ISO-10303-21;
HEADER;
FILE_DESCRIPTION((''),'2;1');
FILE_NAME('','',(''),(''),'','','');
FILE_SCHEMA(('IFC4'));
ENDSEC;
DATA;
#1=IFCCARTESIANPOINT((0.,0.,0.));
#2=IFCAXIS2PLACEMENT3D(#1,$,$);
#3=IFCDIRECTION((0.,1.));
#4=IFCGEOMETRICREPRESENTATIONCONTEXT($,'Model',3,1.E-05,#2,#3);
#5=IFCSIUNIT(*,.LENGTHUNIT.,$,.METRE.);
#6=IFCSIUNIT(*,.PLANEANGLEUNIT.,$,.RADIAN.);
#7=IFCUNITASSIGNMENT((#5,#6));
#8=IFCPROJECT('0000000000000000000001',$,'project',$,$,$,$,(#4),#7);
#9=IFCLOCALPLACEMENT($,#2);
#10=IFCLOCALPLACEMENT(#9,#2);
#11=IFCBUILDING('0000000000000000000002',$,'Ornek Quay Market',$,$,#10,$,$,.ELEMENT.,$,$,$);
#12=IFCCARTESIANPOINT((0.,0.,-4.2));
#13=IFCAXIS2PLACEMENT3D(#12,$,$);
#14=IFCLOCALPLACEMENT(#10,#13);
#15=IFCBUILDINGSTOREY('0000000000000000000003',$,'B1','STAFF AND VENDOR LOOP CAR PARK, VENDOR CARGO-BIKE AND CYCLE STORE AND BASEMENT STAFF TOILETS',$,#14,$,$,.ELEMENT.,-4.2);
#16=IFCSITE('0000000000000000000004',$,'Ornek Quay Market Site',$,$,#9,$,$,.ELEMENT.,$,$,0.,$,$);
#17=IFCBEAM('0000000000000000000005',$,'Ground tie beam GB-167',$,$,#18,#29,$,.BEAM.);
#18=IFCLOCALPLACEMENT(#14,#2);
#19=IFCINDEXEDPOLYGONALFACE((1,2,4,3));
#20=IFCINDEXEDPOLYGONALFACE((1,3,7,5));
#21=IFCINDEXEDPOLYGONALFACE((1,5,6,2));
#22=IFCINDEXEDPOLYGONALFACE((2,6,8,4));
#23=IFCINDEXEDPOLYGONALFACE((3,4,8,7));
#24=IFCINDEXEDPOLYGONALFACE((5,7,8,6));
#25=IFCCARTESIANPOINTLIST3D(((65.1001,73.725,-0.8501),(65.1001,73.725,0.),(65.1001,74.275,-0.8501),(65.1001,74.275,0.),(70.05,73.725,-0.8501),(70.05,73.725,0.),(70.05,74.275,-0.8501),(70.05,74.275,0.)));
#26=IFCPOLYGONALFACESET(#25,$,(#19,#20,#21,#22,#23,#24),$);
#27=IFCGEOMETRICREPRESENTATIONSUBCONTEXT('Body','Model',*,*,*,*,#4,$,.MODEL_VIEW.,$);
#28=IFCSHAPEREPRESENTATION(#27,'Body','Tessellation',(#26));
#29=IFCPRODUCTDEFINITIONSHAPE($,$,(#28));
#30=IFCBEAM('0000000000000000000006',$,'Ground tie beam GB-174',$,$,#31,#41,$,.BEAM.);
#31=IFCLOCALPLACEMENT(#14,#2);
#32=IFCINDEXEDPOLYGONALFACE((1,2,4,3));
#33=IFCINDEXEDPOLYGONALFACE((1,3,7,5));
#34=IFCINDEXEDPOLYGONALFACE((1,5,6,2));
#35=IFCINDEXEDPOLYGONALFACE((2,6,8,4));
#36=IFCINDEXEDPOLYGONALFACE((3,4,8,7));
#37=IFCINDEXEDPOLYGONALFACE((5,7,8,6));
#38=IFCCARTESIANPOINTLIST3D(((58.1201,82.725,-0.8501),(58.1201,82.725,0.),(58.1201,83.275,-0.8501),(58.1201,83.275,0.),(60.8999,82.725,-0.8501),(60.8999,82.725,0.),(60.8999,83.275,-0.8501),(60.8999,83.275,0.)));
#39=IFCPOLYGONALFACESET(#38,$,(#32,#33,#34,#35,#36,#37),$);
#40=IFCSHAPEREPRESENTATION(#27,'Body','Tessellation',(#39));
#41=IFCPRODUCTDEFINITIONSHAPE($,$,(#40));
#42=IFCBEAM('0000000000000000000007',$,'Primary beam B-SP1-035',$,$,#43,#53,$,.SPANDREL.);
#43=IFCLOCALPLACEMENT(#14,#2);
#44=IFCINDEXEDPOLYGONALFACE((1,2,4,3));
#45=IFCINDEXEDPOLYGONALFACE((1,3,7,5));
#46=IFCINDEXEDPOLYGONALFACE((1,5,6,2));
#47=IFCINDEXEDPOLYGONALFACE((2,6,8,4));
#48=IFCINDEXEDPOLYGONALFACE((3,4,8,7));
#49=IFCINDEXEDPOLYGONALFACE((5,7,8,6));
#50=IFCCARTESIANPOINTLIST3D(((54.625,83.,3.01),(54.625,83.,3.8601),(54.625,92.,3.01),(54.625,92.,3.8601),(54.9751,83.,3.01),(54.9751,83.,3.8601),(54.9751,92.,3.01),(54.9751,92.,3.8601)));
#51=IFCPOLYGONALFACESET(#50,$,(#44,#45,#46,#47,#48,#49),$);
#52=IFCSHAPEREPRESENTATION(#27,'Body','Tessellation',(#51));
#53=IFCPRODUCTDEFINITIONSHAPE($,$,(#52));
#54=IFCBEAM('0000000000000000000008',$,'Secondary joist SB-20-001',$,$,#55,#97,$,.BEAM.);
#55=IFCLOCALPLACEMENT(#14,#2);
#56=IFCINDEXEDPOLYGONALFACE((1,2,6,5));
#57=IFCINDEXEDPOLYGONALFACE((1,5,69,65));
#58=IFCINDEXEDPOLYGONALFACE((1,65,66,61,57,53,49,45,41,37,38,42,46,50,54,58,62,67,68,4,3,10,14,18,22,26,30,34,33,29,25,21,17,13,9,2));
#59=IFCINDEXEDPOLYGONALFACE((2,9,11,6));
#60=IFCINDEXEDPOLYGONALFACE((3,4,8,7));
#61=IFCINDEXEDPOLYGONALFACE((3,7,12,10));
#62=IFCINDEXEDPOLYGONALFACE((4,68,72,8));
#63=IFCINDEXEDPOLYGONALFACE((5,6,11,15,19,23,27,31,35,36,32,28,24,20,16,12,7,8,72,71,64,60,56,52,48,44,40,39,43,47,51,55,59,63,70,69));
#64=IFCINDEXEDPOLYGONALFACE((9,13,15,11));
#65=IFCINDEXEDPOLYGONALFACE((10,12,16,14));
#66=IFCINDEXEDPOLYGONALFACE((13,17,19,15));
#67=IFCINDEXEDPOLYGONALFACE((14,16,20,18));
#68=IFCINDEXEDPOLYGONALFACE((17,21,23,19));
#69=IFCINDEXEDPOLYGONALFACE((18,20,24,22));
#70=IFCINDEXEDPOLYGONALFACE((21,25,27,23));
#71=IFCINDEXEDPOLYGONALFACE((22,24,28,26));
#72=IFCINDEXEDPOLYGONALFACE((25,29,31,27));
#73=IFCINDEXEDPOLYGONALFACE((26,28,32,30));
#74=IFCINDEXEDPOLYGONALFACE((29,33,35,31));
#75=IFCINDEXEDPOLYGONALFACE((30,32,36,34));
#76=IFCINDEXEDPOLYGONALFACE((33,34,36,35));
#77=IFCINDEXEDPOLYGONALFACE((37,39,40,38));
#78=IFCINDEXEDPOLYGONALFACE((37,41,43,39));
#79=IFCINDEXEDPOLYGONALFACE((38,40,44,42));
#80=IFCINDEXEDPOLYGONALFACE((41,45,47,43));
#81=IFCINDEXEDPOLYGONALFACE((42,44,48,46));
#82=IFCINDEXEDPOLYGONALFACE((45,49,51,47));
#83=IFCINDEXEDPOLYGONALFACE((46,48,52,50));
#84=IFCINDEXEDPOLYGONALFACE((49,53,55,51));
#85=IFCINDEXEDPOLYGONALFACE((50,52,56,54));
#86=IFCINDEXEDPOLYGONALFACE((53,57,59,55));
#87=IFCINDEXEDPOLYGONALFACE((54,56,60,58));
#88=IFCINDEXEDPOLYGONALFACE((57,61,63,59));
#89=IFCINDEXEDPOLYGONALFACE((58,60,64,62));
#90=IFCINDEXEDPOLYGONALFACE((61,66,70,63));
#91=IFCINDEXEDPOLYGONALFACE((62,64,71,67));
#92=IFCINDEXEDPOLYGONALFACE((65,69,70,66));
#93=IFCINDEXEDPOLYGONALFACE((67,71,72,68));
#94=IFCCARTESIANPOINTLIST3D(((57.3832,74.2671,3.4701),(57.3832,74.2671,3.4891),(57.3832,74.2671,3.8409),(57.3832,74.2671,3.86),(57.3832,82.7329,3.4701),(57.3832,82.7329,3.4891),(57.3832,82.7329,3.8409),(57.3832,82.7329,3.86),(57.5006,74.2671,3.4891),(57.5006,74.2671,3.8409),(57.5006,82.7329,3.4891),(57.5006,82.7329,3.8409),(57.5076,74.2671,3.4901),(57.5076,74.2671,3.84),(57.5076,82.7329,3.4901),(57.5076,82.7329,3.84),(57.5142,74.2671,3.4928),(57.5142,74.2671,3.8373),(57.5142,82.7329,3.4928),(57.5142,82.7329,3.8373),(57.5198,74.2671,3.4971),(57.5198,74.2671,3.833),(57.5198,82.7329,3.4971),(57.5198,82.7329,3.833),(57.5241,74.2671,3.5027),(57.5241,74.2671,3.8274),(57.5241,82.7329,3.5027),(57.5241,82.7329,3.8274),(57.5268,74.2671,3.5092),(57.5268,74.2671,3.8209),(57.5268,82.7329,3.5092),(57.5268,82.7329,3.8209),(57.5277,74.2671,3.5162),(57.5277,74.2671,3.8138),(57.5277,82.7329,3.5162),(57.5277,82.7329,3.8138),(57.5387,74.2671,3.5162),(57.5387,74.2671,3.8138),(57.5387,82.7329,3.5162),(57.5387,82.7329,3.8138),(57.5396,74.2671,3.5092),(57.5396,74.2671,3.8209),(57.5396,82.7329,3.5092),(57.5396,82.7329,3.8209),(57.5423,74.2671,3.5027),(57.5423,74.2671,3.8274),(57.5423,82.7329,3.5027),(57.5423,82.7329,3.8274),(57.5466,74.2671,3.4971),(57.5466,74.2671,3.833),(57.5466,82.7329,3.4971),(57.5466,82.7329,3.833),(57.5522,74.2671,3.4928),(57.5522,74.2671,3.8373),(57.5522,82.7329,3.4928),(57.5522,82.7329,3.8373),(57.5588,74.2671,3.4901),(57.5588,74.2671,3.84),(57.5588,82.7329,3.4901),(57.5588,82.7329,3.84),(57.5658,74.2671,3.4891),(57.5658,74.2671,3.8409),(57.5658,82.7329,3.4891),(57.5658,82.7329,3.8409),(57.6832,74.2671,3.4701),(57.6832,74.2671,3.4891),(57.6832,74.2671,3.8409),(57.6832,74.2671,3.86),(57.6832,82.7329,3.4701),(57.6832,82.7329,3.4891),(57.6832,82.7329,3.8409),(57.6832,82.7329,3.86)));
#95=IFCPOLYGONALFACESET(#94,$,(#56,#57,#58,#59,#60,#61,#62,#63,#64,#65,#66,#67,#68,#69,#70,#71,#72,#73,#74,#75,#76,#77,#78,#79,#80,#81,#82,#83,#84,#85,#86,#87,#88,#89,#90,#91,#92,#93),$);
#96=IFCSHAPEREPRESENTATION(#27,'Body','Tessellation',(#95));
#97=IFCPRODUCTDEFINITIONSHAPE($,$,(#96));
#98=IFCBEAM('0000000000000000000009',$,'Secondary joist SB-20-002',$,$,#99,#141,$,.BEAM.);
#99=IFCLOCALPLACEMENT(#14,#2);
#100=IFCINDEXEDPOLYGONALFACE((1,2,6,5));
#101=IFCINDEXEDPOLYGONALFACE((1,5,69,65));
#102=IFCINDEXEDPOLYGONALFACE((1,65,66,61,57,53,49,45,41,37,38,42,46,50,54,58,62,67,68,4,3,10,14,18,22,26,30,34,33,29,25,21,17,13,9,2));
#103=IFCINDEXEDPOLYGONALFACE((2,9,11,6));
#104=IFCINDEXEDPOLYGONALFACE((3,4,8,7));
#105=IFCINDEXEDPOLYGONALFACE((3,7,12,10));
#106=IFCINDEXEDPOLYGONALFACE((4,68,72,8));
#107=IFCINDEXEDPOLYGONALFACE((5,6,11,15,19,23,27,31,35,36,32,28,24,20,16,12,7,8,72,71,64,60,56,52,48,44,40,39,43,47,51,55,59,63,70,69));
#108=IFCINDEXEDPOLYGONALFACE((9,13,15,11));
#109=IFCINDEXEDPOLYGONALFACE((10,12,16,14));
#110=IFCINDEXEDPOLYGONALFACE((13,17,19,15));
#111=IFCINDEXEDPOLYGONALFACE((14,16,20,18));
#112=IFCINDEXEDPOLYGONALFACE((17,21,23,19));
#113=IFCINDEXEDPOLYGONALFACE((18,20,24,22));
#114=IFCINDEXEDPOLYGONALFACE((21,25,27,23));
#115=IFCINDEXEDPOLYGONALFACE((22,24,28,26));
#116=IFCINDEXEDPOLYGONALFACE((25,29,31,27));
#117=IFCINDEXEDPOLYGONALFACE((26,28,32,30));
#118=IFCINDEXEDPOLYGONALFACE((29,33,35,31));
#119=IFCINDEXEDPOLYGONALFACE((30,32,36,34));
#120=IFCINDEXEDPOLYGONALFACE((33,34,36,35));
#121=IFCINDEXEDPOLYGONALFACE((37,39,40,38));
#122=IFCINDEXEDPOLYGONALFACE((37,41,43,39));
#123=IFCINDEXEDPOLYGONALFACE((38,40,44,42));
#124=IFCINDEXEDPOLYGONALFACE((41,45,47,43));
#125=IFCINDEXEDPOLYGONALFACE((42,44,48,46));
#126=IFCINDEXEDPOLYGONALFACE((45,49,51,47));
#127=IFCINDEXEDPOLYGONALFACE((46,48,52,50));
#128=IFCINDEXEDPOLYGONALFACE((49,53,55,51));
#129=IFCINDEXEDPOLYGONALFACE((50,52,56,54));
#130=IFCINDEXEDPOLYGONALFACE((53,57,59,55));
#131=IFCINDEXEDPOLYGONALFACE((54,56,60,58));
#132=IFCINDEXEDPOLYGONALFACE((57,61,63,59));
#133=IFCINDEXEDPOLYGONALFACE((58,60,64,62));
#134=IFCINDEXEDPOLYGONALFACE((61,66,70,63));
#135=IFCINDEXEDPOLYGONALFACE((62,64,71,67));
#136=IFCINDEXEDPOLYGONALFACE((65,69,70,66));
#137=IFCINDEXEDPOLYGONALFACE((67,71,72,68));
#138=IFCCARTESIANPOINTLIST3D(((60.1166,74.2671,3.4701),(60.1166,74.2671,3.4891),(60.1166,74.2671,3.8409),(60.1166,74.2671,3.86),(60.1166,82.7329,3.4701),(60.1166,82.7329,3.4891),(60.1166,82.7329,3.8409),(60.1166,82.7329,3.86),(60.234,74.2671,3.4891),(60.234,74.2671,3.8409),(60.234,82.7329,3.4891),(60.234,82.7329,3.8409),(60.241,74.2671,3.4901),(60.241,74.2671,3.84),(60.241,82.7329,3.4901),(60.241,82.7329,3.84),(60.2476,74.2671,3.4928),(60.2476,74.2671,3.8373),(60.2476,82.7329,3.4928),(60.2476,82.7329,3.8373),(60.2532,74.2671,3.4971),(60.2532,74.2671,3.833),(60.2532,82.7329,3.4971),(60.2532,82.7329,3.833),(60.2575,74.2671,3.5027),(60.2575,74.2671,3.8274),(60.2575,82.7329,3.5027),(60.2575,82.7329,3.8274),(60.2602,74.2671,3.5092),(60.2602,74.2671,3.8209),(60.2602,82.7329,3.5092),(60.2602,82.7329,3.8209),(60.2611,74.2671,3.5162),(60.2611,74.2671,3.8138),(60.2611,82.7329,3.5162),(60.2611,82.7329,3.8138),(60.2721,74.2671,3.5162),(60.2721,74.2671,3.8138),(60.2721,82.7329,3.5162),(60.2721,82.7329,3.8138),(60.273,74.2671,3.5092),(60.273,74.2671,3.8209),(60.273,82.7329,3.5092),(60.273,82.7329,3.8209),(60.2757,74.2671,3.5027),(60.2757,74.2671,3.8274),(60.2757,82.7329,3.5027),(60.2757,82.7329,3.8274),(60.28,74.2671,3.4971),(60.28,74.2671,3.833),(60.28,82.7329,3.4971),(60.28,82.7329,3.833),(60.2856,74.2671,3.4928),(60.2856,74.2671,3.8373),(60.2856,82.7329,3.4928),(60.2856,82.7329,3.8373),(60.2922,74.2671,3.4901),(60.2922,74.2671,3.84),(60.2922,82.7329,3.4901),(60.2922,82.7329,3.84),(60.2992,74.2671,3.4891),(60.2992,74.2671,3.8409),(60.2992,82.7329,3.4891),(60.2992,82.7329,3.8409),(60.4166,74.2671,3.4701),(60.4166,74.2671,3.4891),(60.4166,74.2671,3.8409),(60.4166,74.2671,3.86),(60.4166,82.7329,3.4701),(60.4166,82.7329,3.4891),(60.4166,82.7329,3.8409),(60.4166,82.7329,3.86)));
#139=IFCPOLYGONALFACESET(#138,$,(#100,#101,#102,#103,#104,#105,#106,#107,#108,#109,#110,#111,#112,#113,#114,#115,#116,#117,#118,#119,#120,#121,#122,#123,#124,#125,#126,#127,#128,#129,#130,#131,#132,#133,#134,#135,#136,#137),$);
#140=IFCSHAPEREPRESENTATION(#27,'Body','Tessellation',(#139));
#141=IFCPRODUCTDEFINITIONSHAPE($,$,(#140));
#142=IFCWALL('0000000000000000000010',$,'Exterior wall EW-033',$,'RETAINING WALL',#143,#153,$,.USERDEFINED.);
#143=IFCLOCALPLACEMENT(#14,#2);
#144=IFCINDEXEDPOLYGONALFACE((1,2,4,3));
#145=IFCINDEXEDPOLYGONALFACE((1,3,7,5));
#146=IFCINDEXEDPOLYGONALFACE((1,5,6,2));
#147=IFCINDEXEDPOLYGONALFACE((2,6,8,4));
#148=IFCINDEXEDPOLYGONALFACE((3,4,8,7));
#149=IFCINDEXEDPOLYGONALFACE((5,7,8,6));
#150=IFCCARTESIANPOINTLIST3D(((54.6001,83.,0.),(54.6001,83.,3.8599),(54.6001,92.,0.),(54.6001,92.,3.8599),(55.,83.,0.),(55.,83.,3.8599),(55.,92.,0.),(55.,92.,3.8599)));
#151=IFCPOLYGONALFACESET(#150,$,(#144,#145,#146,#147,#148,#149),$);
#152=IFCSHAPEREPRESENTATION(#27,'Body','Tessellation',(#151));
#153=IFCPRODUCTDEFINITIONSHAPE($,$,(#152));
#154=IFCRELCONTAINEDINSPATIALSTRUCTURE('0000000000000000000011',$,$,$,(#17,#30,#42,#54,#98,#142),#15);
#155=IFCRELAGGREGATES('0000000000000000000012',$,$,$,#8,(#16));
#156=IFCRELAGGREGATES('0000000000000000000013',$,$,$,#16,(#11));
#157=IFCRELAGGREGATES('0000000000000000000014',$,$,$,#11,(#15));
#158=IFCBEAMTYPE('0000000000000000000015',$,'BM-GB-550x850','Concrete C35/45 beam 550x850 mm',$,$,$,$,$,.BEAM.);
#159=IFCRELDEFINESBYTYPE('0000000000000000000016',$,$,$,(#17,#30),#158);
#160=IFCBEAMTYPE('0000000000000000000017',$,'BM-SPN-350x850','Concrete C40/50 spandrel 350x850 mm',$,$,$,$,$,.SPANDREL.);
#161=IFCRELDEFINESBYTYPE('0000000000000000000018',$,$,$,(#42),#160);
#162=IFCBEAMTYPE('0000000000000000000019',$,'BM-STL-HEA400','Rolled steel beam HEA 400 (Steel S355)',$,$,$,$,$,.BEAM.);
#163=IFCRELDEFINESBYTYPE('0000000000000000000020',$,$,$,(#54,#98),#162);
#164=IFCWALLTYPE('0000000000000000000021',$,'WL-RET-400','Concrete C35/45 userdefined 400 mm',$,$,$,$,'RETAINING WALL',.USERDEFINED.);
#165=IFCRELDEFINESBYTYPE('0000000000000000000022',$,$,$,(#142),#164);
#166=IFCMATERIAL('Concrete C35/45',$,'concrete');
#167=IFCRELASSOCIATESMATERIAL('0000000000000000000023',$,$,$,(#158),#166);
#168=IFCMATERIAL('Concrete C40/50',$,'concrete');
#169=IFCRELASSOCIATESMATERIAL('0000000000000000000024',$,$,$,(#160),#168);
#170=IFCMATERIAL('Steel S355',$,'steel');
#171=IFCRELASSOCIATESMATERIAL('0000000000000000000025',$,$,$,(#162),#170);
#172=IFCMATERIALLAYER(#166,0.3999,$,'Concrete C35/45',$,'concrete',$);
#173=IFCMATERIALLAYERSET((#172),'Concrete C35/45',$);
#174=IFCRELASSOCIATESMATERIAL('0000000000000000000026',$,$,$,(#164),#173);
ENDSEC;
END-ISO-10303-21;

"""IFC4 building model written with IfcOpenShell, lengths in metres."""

from ifc_helpers import new_model, si_unit, direction, frame, frame_2d, origin, origin_2d, place, context, subcontext, project, spatial, rectangle, i_section, extrude, material, layer, layer_set, material_profile, profile_set, type_object, element, save


model = new_model("IFC4")

# Units and contexts
model_context = context("Model", 3, precision=1e-05, world=origin(), true_north=direction((0.0, 1.0)))
body_context = subcontext(model_context, "Body", "Model", "MODEL_VIEW")
ifc_project = project(units=[si_unit("LENGTHUNIT", "METRE"), si_unit("PLANEANGLEUNIT", "RADIAN")], contexts=[model_context])

# Site, building, storey
site_placement = place(None, origin())
site = spatial("IfcSite", under=ifc_project, at=site_placement, Name="Ornek Quay Market Site", CompositionType="ELEMENT", RefElevation=0.0)
building_placement = place(site_placement, origin())
building = spatial("IfcBuilding", under=site, at=building_placement, Name="Ornek Quay Market", CompositionType="ELEMENT")
storey_placement = place(building_placement, frame((0.0, 0.0, -4.2)))
storey = spatial("IfcBuildingStorey", under=building, at=storey_placement, Name="B1", Description="STAFF AND VENDOR LOOP CAR PARK, VENDOR CARGO-BIKE AND CYCLE STORE AND BASEMENT STAFF TOILETS", CompositionType="ELEMENT", Elevation=-4.2)

# Shared definitions
ifc_material_1 = material(Name="Concrete C35/45", Category="concrete")

# Shared definitions
ifc_material_2 = material(Name="Concrete C40/50", Category="concrete")

# Beams
ifc_material_profile_1 = material_profile(ifc_material_1, rectangle(XDim=0.55, YDim=0.8501, at=origin_2d()), Name="RC 550x850", Category="concrete")
ifc_profile_set_1 = profile_set([ifc_material_profile_1], Name="Concrete C35/45")
beam_type_1 = type_object("IfcBeamType", Name="BM-GB-550x850", Description="Concrete C35/45 beam 550x850 mm", PredefinedType="BEAM", material=ifc_profile_set_1)
beam_1_placement = place(storey_placement, frame((65.1001, 74.0, -0.425), z_axis=(1.0, 0.0, 0.0), x_axis=(0.0, 1.0, 0.0)))
element("IfcBeam", 1, at=beam_1_placement, inside=storey, type_object=beam_type_1, Name="Ground tie beam GB-167", PredefinedType="BEAM", context=body_context, shape_type="SweptSolid", body=[
    extrude(rectangle(XDim=0.55, YDim=0.8501, at=origin_2d()), origin(), (0.0, 0.0, 1.0), 4.95),
])
beam_2_placement = place(storey_placement, frame((58.1201, 83.0, -0.425), z_axis=(1.0, 0.0, 0.0), x_axis=(0.0, 1.0, 0.0)))
element("IfcBeam", 2, at=beam_2_placement, inside=storey, type_object=beam_type_1, Name="Ground tie beam GB-174", PredefinedType="BEAM", context=body_context, shape_type="SweptSolid", body=[
    extrude(rectangle(XDim=0.55, YDim=0.8501, at=origin_2d()), origin(), (0.0, 0.0, 1.0), 2.7798),
])
ifc_material_profile_2 = material_profile(ifc_material_2, rectangle(XDim=0.3501, YDim=0.8501, at=origin_2d()), Name="RC 350x850", Category="concrete")
ifc_profile_set_2 = profile_set([ifc_material_profile_2], Name="Concrete C40/50")
beam_type_2 = type_object("IfcBeamType", Name="BM-SPN-350x850", Description="Concrete C40/50 spandrel 350x850 mm", PredefinedType="SPANDREL", material=ifc_profile_set_2)
beam_3_placement = place(storey_placement, frame((54.8, 83.0, 3.4351), z_axis=(0.0, 1.0, 0.0), x_axis=(-1.0, 0.0, 0.0)))
element("IfcBeam", 3, at=beam_3_placement, inside=storey, type_object=beam_type_2, Name="Primary beam B-SP1-035", PredefinedType="SPANDREL", context=body_context, shape_type="SweptSolid", body=[
    extrude(rectangle(XDim=0.3501, YDim=0.8501, at=origin_2d()), origin(), (0.0, 0.0, 1.0), 9.0),
])
ifc_material_3 = material(Name="Steel S355", Category="steel")
ifc_material_profile_3 = material_profile(ifc_material_3, i_section(OverallWidth=0.3, OverallDepth=0.3899, WebThickness=0.011, FlangeThickness=0.019, FilletRadius=0.0271, at=origin_2d()), Name="HEA 400", Category="steel")
ifc_profile_set_3 = profile_set([ifc_material_profile_3], Name="Steel S355")
beam_type_3 = type_object("IfcBeamType", Name="BM-STL-HEA400", Description="Rolled steel beam HEA 400 (Steel S355)", PredefinedType="BEAM", material=ifc_profile_set_3)
for number, where, z_axis, x_axis, name in (
    (4, (57.5332, 74.2671, 3.665), (0.0, 1.0, 0.0), (-1.0, 0.0, 0.0), "Secondary joist SB-20-001"),
    (5, (60.2666, 74.2671, 3.665), (0.0, 1.0, 0.0), (-1.0, 0.0, 0.0), "Secondary joist SB-20-002"),
):
    element("IfcBeam", number, at=place(storey_placement, frame(where, z_axis=z_axis, x_axis=x_axis)), inside=storey, type_object=beam_type_3, Name=name, PredefinedType="BEAM", context=body_context, shape_type="SweptSolid", body=[
        extrude(i_section(OverallWidth=0.3, OverallDepth=0.3899, WebThickness=0.011, FlangeThickness=0.019, FilletRadius=0.0271, at=origin_2d()), origin(), (0.0, 0.0, 1.0), 8.4658),
    ])

# Wall
ifc_layer = layer(ifc_material_1, 0.3999, Name="Concrete C35/45", Category="concrete")
ifc_layer_set = layer_set([ifc_layer], Name="Concrete C35/45")
wall_type = type_object("IfcWallType", Name="WL-RET-400", Description="Concrete C35/45 userdefined 400 mm", ElementType="RETAINING WALL", PredefinedType="USERDEFINED", material=ifc_layer_set)
wall_placement = place(storey_placement, frame((54.8, 83.0, 0.0), z_axis=(0.0, 0.0, 1.0), x_axis=(0.0, 1.0, 0.0)))
element("IfcWall", 6, at=wall_placement, inside=storey, type_object=wall_type, Name="Exterior wall EW-033", ObjectType="RETAINING WALL", PredefinedType="USERDEFINED", context=body_context, shape_type="SweptSolid", body=[
    extrude(rectangle(XDim=9.0, YDim=0.3999, at=frame_2d((4.5, 0.0))), origin(), (0.0, 0.0, 1.0), 3.8599),
])

save(model, "model.ifc")
